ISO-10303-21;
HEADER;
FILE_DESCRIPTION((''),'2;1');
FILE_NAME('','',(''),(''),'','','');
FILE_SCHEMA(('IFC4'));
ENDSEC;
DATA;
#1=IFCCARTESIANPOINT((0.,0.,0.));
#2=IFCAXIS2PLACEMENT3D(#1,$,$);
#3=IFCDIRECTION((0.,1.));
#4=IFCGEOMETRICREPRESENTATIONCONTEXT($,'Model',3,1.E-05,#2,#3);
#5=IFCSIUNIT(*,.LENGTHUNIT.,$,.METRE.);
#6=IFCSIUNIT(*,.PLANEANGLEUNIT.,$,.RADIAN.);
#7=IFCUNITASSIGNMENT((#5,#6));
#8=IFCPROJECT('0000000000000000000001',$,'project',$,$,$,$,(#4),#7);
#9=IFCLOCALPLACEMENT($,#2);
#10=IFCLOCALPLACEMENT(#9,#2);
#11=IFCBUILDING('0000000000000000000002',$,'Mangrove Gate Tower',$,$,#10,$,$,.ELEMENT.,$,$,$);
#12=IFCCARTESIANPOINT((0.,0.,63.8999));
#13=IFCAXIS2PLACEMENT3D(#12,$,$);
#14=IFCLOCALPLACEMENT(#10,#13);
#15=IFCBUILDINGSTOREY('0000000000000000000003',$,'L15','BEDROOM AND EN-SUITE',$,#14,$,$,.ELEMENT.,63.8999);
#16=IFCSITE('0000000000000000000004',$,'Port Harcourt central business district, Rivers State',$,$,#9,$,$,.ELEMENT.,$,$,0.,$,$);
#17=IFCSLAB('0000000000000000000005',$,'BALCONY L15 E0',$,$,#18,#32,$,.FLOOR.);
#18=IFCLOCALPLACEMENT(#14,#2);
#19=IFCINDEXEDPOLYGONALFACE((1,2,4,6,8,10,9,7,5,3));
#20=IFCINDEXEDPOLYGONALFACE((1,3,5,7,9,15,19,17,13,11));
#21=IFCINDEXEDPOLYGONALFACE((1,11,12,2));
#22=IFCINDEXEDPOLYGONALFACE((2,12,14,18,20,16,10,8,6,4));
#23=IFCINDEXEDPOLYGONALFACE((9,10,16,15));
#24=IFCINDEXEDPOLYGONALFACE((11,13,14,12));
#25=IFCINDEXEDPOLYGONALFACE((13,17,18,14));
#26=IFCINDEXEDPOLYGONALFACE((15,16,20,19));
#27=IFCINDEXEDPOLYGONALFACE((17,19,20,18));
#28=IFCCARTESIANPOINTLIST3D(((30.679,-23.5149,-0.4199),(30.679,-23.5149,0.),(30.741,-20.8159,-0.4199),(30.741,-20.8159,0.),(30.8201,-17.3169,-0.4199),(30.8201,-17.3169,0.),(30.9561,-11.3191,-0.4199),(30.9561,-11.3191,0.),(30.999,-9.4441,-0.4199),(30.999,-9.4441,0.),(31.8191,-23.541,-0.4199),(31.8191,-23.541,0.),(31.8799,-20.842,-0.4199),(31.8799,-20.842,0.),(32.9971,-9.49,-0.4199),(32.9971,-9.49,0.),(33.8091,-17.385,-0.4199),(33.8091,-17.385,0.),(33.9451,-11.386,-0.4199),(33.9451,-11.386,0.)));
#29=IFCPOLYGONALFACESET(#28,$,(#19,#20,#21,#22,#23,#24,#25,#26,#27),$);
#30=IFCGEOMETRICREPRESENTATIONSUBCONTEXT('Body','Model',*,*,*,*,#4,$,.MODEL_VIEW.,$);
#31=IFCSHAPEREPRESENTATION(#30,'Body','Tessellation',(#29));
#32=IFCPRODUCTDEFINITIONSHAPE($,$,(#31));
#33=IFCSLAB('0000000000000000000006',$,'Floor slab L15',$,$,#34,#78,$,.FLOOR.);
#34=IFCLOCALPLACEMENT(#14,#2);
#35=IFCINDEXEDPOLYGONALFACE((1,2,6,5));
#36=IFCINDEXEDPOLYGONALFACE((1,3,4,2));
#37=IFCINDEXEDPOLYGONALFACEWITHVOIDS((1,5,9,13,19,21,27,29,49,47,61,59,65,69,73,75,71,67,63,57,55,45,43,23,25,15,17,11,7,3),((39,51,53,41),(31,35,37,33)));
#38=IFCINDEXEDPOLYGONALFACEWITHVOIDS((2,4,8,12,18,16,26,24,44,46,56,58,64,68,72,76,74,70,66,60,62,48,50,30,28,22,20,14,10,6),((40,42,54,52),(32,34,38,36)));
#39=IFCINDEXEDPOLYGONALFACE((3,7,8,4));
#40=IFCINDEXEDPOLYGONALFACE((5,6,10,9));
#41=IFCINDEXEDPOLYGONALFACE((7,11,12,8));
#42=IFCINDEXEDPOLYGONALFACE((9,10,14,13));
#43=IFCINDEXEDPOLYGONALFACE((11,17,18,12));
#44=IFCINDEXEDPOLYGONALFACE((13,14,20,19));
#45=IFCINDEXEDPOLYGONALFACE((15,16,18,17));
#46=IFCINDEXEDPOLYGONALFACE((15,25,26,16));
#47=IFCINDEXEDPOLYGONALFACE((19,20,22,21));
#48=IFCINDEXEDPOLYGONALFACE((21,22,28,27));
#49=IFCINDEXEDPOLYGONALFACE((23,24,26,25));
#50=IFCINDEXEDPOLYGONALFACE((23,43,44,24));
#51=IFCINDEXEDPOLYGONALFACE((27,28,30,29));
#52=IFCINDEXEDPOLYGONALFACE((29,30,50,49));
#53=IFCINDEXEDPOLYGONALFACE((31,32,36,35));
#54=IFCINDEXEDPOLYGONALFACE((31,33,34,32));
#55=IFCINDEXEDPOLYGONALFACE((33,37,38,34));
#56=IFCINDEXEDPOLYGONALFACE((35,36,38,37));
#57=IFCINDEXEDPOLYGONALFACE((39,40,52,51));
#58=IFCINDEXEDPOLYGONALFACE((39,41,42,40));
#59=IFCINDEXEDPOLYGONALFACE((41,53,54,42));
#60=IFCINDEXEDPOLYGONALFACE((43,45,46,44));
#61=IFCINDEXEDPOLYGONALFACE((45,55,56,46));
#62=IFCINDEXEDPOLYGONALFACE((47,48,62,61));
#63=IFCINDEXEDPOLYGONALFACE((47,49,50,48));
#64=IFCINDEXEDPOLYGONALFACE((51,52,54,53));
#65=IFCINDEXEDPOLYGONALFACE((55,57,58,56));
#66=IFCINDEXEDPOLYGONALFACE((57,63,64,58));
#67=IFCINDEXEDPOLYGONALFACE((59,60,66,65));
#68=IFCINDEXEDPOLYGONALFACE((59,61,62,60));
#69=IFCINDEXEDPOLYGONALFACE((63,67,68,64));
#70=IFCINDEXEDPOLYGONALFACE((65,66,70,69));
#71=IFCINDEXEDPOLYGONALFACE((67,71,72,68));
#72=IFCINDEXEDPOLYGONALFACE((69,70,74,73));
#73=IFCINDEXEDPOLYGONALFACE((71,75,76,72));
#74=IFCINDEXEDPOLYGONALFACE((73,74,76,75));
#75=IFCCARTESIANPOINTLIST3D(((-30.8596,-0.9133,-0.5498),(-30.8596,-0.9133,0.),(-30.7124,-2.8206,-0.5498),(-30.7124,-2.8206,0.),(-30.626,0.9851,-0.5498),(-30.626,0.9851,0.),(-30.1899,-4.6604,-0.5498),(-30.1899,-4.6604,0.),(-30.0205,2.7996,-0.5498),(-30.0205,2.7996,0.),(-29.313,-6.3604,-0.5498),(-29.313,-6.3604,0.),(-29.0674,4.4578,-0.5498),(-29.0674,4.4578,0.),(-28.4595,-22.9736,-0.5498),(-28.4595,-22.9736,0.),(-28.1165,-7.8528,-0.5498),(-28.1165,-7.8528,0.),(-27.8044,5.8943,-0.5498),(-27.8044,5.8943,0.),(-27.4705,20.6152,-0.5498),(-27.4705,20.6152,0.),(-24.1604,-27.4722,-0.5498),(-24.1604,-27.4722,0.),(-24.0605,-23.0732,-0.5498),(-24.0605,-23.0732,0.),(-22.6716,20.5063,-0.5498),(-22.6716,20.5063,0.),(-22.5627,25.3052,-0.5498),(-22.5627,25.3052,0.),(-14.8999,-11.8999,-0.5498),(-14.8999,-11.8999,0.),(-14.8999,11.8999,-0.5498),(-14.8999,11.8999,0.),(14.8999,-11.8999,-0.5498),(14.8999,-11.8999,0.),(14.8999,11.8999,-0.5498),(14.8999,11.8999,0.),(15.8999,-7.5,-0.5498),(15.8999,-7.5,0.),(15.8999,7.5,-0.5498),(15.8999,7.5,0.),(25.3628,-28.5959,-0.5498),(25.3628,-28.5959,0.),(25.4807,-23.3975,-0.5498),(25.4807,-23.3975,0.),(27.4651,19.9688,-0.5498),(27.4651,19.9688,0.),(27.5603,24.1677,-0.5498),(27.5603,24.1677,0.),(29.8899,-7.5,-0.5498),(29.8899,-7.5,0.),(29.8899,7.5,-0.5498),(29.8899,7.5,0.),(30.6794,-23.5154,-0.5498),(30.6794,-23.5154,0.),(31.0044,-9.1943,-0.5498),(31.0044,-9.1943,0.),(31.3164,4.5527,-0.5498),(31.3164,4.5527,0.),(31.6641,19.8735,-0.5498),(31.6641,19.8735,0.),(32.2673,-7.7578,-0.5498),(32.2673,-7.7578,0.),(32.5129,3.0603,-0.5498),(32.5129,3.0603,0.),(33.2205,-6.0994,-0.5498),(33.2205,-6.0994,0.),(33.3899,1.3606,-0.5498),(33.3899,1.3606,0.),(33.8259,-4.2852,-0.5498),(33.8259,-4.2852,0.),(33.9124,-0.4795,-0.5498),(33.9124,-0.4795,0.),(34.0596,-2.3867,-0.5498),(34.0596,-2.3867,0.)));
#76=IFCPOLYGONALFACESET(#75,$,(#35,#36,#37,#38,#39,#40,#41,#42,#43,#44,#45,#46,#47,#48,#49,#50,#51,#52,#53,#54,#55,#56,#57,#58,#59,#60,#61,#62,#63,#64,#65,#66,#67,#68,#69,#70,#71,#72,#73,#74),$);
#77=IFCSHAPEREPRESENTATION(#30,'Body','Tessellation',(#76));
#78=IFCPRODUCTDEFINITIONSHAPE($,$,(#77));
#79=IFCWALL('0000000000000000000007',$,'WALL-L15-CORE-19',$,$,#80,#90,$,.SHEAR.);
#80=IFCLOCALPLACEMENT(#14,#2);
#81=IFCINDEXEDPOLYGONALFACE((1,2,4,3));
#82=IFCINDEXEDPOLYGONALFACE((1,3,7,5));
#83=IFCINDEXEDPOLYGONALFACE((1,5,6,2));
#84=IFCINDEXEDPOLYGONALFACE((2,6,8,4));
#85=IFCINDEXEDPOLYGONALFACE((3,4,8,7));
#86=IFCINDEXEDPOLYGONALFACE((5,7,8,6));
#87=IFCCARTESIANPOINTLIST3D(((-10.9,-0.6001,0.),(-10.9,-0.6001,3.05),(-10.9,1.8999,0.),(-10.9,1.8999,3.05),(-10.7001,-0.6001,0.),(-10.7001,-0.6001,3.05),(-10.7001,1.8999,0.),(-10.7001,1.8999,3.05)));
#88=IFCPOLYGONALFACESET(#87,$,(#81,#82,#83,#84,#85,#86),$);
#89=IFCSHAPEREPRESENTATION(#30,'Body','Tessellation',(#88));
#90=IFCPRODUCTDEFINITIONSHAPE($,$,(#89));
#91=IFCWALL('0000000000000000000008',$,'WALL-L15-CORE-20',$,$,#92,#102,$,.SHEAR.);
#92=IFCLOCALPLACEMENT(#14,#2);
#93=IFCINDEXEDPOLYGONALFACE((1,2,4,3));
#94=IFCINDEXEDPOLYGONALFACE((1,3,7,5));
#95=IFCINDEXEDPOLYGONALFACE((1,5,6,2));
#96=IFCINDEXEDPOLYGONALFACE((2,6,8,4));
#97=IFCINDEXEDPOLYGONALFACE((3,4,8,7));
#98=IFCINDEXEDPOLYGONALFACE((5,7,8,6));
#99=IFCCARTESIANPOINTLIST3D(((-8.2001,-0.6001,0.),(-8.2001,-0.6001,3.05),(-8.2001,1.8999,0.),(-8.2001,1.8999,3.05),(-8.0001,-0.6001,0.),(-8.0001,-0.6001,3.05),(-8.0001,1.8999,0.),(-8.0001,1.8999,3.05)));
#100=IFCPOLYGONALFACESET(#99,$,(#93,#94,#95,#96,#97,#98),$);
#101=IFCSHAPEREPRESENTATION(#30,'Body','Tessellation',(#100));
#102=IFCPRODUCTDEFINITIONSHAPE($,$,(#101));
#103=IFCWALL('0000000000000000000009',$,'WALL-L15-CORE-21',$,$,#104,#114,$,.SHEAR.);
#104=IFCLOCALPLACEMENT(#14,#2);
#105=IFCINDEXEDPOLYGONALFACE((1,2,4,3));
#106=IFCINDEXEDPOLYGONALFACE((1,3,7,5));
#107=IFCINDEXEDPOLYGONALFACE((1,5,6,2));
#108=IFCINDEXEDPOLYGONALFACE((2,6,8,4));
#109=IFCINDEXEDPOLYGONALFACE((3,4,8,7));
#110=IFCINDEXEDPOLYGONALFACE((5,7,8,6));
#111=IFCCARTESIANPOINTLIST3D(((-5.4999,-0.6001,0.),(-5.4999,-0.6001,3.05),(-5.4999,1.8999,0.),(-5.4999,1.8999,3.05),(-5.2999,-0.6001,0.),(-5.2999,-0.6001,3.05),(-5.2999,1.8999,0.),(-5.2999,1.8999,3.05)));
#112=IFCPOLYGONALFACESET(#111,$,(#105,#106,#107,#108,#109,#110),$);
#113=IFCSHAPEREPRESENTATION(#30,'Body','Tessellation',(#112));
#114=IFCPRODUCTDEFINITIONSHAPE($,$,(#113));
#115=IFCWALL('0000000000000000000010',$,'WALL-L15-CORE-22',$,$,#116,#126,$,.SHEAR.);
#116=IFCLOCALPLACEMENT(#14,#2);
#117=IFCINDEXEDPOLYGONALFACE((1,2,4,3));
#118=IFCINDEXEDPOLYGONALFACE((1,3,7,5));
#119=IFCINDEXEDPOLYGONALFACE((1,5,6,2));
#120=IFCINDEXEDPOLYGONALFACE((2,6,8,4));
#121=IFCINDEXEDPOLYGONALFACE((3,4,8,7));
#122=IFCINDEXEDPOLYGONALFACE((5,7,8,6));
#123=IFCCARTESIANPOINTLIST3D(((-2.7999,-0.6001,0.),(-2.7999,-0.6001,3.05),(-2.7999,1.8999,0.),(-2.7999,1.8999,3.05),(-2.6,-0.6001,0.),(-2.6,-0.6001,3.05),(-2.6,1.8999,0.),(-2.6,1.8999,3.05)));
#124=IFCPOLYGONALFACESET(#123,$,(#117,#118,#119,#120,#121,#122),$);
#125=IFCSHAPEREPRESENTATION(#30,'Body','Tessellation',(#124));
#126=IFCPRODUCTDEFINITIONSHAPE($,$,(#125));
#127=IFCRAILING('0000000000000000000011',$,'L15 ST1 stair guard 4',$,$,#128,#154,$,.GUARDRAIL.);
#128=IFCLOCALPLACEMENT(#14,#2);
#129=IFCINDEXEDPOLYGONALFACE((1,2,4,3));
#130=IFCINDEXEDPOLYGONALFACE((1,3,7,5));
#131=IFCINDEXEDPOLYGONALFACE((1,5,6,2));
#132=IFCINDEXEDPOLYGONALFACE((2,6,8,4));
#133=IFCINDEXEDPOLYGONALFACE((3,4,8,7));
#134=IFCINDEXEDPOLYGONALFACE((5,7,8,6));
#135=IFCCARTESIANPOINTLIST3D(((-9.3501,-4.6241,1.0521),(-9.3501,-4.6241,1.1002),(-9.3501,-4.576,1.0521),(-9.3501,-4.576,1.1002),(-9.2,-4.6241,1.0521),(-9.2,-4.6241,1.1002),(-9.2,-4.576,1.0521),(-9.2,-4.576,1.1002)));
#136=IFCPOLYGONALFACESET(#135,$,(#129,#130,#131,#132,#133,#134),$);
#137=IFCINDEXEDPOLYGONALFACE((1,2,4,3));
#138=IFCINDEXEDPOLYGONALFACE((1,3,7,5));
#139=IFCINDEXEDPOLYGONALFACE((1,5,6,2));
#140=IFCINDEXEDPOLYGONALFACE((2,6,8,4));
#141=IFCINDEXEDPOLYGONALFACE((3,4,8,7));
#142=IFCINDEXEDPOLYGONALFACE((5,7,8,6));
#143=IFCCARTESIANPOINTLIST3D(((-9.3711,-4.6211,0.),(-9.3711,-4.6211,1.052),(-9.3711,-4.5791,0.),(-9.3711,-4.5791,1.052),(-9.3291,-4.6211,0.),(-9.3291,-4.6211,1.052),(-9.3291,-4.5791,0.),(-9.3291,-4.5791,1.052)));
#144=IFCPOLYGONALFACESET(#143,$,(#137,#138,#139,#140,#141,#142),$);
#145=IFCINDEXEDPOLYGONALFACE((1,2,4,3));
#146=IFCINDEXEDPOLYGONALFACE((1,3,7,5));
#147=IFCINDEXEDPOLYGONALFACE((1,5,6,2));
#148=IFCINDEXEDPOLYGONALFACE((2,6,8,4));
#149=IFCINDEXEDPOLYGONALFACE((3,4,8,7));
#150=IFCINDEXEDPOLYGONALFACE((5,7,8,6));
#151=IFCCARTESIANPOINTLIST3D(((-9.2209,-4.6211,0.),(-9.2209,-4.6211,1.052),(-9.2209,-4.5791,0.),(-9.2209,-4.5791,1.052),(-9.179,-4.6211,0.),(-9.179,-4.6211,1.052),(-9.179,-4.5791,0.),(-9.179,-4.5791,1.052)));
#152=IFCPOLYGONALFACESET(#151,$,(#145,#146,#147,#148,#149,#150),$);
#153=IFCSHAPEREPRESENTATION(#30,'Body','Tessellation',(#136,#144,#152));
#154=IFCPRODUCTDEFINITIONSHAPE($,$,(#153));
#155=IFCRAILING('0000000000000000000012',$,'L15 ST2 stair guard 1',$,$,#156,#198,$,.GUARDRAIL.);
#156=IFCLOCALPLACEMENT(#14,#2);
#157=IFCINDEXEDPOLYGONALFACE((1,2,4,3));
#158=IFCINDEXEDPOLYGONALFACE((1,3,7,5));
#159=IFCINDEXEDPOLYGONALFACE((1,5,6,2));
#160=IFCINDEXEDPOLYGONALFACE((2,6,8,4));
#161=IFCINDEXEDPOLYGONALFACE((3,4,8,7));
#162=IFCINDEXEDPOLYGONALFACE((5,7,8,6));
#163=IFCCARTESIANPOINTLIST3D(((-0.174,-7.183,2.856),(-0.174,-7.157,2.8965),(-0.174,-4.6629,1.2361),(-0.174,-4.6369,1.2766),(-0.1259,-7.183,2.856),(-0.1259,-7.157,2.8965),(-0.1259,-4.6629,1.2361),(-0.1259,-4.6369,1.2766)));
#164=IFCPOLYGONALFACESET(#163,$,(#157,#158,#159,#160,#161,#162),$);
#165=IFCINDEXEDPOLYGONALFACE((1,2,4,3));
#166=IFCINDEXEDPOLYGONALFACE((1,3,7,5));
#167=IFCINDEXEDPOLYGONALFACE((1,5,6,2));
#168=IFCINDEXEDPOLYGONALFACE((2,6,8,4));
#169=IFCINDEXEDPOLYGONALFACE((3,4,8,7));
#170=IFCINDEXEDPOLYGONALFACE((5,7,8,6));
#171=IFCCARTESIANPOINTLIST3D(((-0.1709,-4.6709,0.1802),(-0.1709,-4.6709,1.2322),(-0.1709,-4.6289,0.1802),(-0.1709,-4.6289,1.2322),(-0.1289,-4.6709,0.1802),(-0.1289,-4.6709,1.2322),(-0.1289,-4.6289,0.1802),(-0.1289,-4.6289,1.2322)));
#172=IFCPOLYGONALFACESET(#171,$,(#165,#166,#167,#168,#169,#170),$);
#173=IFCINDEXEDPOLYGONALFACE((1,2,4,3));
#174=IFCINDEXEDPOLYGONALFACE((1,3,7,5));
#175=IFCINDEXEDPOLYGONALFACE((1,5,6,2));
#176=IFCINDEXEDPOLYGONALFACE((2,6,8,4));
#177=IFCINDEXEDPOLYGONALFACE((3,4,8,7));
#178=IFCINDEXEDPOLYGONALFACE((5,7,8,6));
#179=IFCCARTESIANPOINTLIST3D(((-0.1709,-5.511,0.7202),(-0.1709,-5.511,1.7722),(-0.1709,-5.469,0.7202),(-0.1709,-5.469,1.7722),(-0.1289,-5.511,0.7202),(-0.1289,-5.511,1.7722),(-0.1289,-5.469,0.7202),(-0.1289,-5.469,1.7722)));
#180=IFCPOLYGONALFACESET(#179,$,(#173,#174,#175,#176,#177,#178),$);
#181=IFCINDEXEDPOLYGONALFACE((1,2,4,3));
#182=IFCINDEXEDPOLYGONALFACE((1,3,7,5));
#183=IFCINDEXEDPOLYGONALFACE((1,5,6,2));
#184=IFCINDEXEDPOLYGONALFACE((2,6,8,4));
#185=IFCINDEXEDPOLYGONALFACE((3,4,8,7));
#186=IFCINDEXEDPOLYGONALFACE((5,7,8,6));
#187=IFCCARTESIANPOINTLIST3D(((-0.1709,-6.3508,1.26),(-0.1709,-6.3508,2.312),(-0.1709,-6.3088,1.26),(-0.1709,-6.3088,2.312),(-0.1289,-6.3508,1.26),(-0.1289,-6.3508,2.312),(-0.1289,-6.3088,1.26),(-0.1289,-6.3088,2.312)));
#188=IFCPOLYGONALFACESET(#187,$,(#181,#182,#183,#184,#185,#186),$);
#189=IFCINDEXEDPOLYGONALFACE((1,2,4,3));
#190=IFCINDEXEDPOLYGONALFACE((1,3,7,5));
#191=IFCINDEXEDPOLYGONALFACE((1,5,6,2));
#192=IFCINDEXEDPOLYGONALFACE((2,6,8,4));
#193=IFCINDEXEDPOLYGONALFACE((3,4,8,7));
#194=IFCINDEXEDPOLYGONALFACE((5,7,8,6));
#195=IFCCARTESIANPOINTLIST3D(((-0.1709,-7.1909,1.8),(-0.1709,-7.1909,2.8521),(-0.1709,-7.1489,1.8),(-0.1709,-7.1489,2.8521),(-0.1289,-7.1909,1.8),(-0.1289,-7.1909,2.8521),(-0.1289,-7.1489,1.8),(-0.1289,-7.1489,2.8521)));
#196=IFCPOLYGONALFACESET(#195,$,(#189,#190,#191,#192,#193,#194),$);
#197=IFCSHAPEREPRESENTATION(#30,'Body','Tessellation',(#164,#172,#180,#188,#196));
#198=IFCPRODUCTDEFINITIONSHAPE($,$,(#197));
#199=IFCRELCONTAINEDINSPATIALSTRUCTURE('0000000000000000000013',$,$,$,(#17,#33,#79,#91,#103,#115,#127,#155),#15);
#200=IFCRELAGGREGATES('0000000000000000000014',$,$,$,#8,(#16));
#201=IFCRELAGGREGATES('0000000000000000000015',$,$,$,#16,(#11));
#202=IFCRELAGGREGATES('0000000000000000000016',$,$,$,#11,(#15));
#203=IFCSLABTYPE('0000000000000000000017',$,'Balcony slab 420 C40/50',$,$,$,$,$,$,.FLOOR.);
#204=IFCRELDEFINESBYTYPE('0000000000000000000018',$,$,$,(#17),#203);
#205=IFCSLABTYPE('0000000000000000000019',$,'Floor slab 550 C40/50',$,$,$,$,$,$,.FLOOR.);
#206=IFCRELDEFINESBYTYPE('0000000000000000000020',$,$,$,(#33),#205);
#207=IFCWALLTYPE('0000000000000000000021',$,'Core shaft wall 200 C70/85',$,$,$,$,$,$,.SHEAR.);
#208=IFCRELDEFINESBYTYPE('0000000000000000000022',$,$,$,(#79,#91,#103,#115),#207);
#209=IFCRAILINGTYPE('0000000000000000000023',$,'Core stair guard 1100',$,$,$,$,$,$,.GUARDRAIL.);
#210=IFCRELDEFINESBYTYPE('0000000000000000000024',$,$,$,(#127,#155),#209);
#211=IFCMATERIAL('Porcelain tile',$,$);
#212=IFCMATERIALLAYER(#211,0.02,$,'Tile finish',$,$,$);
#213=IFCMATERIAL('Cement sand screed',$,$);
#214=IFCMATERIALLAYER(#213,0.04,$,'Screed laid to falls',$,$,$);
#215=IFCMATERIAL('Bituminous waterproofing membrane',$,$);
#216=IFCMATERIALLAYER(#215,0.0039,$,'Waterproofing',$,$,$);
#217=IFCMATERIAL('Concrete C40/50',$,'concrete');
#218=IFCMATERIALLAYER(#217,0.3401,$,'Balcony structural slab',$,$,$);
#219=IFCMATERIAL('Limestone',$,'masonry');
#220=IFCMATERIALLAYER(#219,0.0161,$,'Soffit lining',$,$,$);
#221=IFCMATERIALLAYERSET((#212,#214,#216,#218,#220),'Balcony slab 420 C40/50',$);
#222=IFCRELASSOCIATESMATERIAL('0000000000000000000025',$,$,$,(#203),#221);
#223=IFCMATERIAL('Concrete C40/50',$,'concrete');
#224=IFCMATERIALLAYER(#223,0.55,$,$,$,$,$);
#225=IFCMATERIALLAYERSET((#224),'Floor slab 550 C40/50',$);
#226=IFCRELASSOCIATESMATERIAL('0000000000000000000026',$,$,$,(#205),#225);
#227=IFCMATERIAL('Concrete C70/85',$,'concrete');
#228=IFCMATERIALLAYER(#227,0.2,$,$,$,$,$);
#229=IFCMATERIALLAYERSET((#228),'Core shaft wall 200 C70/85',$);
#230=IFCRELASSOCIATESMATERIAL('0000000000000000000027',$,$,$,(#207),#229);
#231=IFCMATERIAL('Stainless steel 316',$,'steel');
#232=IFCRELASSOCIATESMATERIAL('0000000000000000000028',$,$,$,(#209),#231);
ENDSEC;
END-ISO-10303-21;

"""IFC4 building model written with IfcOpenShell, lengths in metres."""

from ifc_helpers import new_model, si_unit, direction, frame, frame_2d, origin, origin_2d, place, context, subcontext, project, spatial, polyline, rectangle, outline, extrude, material, layer, layer_set, type_object, element, save


model = new_model("IFC4")

# Units and contexts
model_context = context("Model", 3, precision=1e-05, world=origin(), true_north=direction((0.0, 1.0)))
body_context = subcontext(model_context, "Body", "Model", "MODEL_VIEW")
ifc_project = project(units=[si_unit("LENGTHUNIT", "METRE"), si_unit("PLANEANGLEUNIT", "RADIAN")], contexts=[model_context])

# Site, building, storey
site_placement = place(None, origin())
site = spatial("IfcSite", under=ifc_project, at=site_placement, Name="Port Harcourt central business district, Rivers State", CompositionType="ELEMENT", RefElevation=0.0)
building_placement = place(site_placement, origin())
building = spatial("IfcBuilding", under=site, at=building_placement, Name="Mangrove Gate Tower", CompositionType="ELEMENT")
storey_placement = place(building_placement, frame((0.0, 0.0, 63.8999)))
storey = spatial("IfcBuildingStorey", under=building, at=storey_placement, Name="L15", Description="BEDROOM AND EN-SUITE", CompositionType="ELEMENT", Elevation=63.8999)

# Slabs
ifc_material_1 = material(Name="Porcelain tile")
ifc_layer_1 = layer(ifc_material_1, 0.02, Name="Tile finish")
ifc_material_2 = material(Name="Cement sand screed")
ifc_layer_2 = layer(ifc_material_2, 0.04, Name="Screed laid to falls")
ifc_material_3 = material(Name="Bituminous waterproofing membrane")
ifc_layer_3 = layer(ifc_material_3, 0.0039, Name="Waterproofing")
ifc_material_4 = material(Name="Concrete C40/50", Category="concrete")
ifc_layer_4 = layer(ifc_material_4, 0.3401, Name="Balcony structural slab")
ifc_material_5 = material(Name="Limestone", Category="masonry")
ifc_layer_5 = layer(ifc_material_5, 0.0161, Name="Soffit lining")
ifc_layer_set_1 = layer_set([ifc_layer_1, ifc_layer_2, ifc_layer_3, ifc_layer_4, ifc_layer_5], Name="Balcony slab 420 C40/50")
slab_type_1 = type_object("IfcSlabType", Name="Balcony slab 420 C40/50", PredefinedType="FLOOR", material=ifc_layer_set_1)
slab_1_placement = place(storey_placement, frame((0.0, 0.0, -0.4199)))
element("IfcSlab", 1, at=slab_1_placement, inside=storey, type_object=slab_type_1, Name="BALCONY L15 E0", PredefinedType="FLOOR", context=body_context, shape_type="SweptSolid", body=[
    extrude(outline(polyline([(31.8191, -23.541), (31.8799, -20.842), (33.8091, -17.385), (33.9451, -11.386), (32.9971, -9.49), (30.999, -9.4441), (30.9561, -11.3191), (30.8201, -17.3169), (30.741, -20.8159), (30.679, -23.5149), (31.8191, -23.541)])), origin(), (0.0, 0.0, 1.0), 0.4199),
])
ifc_material_6 = material(Name="Concrete C40/50", Category="concrete")
ifc_layer_6 = layer(ifc_material_6, 0.55)
ifc_layer_set_2 = layer_set([ifc_layer_6], Name="Floor slab 550 C40/50")
slab_type_2 = type_object("IfcSlabType", Name="Floor slab 550 C40/50", PredefinedType="FLOOR", material=ifc_layer_set_2)
slab_2_placement = place(storey_placement, frame((0.0, 0.0, -0.5498)))
element("IfcSlab", 2, at=slab_2_placement, inside=storey, type_object=slab_type_2, Name="Floor slab L15", PredefinedType="FLOOR", context=body_context, shape_type="SweptSolid", body=[
    extrude(outline(polyline([(-24.1604, -27.4722), (25.3628, -28.5959), (25.4807, -23.3975), (30.6794, -23.5154), (31.0044, -9.1943), (32.2673, -7.7578), (33.2205, -6.0994), (33.8259, -4.2852), (34.0596, -2.3867), (33.9124, -0.4795), (33.3899, 1.3606), (32.5129, 3.0603), (31.3164, 4.5527), (31.6641, 19.8735), (27.4651, 19.9688), (27.5603, 24.1677), (-22.5627, 25.3052), (-22.6716, 20.5063), (-27.4705, 20.6152), (-27.8044, 5.8943), (-29.0674, 4.4578), (-30.0205, 2.7996), (-30.626, 0.9851), (-30.8596, -0.9133), (-30.7124, -2.8206), (-30.1899, -4.6604), (-29.313, -6.3604), (-28.1165, -7.8528), (-28.4595, -22.9736), (-24.0605, -23.0732), (-24.1604, -27.4722)]), holes=[polyline([(15.8999, 7.5), (29.8899, 7.5), (29.8899, -7.5), (15.8999, -7.5), (15.8999, 7.5)]), polyline([(-14.8999, -11.8999), (-14.8999, 11.8999), (14.8999, 11.8999), (14.8999, -11.8999), (-14.8999, -11.8999)])]), origin(), (0.0, 0.0, 1.0), 0.5498),
])

# Walls
ifc_material_7 = material(Name="Concrete C70/85", Category="concrete")
ifc_layer_7 = layer(ifc_material_7, 0.2)
ifc_layer_set_3 = layer_set([ifc_layer_7], Name="Core shaft wall 200 C70/85")
wall_type = type_object("IfcWallType", Name="Core shaft wall 200 C70/85", PredefinedType="SHEAR", material=ifc_layer_set_3)
for number, where, z_axis, x_axis, name in (
    (3, (-10.8, -0.6001, 0.0), (0.0, 0.0, 1.0), (0.0, 1.0, 0.0), "WALL-L15-CORE-19"),
    (4, (-8.1001, -0.6001, 0.0), (0.0, 0.0, 1.0), (0.0, 1.0, 0.0), "WALL-L15-CORE-20"),
    (5, (-5.3999, -0.6001, 0.0), (0.0, 0.0, 1.0), (0.0, 1.0, 0.0), "WALL-L15-CORE-21"),
    (6, (-2.7, -0.6001, 0.0), (0.0, 0.0, 1.0), (0.0, 1.0, 0.0), "WALL-L15-CORE-22"),
):
    element("IfcWall", number, at=place(storey_placement, frame(where, z_axis=z_axis, x_axis=x_axis)), inside=storey, type_object=wall_type, Name=name, PredefinedType="SHEAR", context=body_context, shape_type="SweptSolid", body=[
        extrude(rectangle(XDim=2.5, YDim=0.2, at=frame_2d((1.25, 0.0))), origin(), (0.0, 0.0, 1.0), 3.05),
    ])

# Railings
ifc_material_8 = material(Name="Stainless steel 316", Category="steel")
railing_type = type_object("IfcRailingType", Name="Core stair guard 1100", PredefinedType="GUARDRAIL", material=ifc_material_8)
railing_1_placement = place(storey_placement, frame((-9.3501, -4.6001, 0.0)))
element("IfcRailing", 7, at=railing_1_placement, inside=storey, type_object=railing_type, Name="L15 ST1 stair guard 4", PredefinedType="GUARDRAIL", context=body_context, shape_type="SweptSolid", body=[
    extrude(rectangle(XDim=0.0481, YDim=0.0481, at=origin_2d()), frame((0.0, 0.0, 1.0762), z_axis=(1.0, 0.0, 0.0), x_axis=(0.0, 1.0, 0.0)), (0.0, 0.0, 1.0), 0.1501),
    extrude(rectangle(XDim=0.042, YDim=0.042, at=origin_2d()), origin(), (0.0, 0.0, 1.0), 1.052),
    extrude(rectangle(XDim=0.042, YDim=0.042, at=origin_2d()), frame((0.1501, 0.0, 0.0)), (0.0, 0.0, 1.0), 1.052),
])
railing_2_placement = place(storey_placement, frame((-0.1499, -4.6499, 0.1802)))
element("IfcRailing", 8, at=railing_2_placement, inside=storey, type_object=railing_type, Name="L15 ST2 stair guard 1", PredefinedType="GUARDRAIL", context=body_context, shape_type="SweptSolid", body=[
    extrude(rectangle(XDim=0.0481, YDim=0.0481, at=origin_2d()), frame((0.0, 0.0, 1.0762), z_axis=(0.0, -0.8412, 0.540725), x_axis=(1.0, 0.0, 0.0)), (0.0, 0.0, 1.0), 2.9958),
    extrude(rectangle(XDim=0.042, YDim=0.042, at=origin_2d()), origin(), (0.0, 0.0, 1.0), 1.052),
    extrude(rectangle(XDim=0.042, YDim=0.042, at=origin_2d()), frame((0.0, -0.8401, 0.54)), (0.0, 0.0, 1.0), 1.052),
    extrude(rectangle(XDim=0.042, YDim=0.042, at=origin_2d()), frame((0.0, -1.6799, 1.0798)), (0.0, 0.0, 1.0), 1.052),
    extrude(rectangle(XDim=0.042, YDim=0.042, at=origin_2d()), frame((0.0, -2.52, 1.6199)), (0.0, 0.0, 1.0), 1.052),
])

save(model, "model.ifc")
